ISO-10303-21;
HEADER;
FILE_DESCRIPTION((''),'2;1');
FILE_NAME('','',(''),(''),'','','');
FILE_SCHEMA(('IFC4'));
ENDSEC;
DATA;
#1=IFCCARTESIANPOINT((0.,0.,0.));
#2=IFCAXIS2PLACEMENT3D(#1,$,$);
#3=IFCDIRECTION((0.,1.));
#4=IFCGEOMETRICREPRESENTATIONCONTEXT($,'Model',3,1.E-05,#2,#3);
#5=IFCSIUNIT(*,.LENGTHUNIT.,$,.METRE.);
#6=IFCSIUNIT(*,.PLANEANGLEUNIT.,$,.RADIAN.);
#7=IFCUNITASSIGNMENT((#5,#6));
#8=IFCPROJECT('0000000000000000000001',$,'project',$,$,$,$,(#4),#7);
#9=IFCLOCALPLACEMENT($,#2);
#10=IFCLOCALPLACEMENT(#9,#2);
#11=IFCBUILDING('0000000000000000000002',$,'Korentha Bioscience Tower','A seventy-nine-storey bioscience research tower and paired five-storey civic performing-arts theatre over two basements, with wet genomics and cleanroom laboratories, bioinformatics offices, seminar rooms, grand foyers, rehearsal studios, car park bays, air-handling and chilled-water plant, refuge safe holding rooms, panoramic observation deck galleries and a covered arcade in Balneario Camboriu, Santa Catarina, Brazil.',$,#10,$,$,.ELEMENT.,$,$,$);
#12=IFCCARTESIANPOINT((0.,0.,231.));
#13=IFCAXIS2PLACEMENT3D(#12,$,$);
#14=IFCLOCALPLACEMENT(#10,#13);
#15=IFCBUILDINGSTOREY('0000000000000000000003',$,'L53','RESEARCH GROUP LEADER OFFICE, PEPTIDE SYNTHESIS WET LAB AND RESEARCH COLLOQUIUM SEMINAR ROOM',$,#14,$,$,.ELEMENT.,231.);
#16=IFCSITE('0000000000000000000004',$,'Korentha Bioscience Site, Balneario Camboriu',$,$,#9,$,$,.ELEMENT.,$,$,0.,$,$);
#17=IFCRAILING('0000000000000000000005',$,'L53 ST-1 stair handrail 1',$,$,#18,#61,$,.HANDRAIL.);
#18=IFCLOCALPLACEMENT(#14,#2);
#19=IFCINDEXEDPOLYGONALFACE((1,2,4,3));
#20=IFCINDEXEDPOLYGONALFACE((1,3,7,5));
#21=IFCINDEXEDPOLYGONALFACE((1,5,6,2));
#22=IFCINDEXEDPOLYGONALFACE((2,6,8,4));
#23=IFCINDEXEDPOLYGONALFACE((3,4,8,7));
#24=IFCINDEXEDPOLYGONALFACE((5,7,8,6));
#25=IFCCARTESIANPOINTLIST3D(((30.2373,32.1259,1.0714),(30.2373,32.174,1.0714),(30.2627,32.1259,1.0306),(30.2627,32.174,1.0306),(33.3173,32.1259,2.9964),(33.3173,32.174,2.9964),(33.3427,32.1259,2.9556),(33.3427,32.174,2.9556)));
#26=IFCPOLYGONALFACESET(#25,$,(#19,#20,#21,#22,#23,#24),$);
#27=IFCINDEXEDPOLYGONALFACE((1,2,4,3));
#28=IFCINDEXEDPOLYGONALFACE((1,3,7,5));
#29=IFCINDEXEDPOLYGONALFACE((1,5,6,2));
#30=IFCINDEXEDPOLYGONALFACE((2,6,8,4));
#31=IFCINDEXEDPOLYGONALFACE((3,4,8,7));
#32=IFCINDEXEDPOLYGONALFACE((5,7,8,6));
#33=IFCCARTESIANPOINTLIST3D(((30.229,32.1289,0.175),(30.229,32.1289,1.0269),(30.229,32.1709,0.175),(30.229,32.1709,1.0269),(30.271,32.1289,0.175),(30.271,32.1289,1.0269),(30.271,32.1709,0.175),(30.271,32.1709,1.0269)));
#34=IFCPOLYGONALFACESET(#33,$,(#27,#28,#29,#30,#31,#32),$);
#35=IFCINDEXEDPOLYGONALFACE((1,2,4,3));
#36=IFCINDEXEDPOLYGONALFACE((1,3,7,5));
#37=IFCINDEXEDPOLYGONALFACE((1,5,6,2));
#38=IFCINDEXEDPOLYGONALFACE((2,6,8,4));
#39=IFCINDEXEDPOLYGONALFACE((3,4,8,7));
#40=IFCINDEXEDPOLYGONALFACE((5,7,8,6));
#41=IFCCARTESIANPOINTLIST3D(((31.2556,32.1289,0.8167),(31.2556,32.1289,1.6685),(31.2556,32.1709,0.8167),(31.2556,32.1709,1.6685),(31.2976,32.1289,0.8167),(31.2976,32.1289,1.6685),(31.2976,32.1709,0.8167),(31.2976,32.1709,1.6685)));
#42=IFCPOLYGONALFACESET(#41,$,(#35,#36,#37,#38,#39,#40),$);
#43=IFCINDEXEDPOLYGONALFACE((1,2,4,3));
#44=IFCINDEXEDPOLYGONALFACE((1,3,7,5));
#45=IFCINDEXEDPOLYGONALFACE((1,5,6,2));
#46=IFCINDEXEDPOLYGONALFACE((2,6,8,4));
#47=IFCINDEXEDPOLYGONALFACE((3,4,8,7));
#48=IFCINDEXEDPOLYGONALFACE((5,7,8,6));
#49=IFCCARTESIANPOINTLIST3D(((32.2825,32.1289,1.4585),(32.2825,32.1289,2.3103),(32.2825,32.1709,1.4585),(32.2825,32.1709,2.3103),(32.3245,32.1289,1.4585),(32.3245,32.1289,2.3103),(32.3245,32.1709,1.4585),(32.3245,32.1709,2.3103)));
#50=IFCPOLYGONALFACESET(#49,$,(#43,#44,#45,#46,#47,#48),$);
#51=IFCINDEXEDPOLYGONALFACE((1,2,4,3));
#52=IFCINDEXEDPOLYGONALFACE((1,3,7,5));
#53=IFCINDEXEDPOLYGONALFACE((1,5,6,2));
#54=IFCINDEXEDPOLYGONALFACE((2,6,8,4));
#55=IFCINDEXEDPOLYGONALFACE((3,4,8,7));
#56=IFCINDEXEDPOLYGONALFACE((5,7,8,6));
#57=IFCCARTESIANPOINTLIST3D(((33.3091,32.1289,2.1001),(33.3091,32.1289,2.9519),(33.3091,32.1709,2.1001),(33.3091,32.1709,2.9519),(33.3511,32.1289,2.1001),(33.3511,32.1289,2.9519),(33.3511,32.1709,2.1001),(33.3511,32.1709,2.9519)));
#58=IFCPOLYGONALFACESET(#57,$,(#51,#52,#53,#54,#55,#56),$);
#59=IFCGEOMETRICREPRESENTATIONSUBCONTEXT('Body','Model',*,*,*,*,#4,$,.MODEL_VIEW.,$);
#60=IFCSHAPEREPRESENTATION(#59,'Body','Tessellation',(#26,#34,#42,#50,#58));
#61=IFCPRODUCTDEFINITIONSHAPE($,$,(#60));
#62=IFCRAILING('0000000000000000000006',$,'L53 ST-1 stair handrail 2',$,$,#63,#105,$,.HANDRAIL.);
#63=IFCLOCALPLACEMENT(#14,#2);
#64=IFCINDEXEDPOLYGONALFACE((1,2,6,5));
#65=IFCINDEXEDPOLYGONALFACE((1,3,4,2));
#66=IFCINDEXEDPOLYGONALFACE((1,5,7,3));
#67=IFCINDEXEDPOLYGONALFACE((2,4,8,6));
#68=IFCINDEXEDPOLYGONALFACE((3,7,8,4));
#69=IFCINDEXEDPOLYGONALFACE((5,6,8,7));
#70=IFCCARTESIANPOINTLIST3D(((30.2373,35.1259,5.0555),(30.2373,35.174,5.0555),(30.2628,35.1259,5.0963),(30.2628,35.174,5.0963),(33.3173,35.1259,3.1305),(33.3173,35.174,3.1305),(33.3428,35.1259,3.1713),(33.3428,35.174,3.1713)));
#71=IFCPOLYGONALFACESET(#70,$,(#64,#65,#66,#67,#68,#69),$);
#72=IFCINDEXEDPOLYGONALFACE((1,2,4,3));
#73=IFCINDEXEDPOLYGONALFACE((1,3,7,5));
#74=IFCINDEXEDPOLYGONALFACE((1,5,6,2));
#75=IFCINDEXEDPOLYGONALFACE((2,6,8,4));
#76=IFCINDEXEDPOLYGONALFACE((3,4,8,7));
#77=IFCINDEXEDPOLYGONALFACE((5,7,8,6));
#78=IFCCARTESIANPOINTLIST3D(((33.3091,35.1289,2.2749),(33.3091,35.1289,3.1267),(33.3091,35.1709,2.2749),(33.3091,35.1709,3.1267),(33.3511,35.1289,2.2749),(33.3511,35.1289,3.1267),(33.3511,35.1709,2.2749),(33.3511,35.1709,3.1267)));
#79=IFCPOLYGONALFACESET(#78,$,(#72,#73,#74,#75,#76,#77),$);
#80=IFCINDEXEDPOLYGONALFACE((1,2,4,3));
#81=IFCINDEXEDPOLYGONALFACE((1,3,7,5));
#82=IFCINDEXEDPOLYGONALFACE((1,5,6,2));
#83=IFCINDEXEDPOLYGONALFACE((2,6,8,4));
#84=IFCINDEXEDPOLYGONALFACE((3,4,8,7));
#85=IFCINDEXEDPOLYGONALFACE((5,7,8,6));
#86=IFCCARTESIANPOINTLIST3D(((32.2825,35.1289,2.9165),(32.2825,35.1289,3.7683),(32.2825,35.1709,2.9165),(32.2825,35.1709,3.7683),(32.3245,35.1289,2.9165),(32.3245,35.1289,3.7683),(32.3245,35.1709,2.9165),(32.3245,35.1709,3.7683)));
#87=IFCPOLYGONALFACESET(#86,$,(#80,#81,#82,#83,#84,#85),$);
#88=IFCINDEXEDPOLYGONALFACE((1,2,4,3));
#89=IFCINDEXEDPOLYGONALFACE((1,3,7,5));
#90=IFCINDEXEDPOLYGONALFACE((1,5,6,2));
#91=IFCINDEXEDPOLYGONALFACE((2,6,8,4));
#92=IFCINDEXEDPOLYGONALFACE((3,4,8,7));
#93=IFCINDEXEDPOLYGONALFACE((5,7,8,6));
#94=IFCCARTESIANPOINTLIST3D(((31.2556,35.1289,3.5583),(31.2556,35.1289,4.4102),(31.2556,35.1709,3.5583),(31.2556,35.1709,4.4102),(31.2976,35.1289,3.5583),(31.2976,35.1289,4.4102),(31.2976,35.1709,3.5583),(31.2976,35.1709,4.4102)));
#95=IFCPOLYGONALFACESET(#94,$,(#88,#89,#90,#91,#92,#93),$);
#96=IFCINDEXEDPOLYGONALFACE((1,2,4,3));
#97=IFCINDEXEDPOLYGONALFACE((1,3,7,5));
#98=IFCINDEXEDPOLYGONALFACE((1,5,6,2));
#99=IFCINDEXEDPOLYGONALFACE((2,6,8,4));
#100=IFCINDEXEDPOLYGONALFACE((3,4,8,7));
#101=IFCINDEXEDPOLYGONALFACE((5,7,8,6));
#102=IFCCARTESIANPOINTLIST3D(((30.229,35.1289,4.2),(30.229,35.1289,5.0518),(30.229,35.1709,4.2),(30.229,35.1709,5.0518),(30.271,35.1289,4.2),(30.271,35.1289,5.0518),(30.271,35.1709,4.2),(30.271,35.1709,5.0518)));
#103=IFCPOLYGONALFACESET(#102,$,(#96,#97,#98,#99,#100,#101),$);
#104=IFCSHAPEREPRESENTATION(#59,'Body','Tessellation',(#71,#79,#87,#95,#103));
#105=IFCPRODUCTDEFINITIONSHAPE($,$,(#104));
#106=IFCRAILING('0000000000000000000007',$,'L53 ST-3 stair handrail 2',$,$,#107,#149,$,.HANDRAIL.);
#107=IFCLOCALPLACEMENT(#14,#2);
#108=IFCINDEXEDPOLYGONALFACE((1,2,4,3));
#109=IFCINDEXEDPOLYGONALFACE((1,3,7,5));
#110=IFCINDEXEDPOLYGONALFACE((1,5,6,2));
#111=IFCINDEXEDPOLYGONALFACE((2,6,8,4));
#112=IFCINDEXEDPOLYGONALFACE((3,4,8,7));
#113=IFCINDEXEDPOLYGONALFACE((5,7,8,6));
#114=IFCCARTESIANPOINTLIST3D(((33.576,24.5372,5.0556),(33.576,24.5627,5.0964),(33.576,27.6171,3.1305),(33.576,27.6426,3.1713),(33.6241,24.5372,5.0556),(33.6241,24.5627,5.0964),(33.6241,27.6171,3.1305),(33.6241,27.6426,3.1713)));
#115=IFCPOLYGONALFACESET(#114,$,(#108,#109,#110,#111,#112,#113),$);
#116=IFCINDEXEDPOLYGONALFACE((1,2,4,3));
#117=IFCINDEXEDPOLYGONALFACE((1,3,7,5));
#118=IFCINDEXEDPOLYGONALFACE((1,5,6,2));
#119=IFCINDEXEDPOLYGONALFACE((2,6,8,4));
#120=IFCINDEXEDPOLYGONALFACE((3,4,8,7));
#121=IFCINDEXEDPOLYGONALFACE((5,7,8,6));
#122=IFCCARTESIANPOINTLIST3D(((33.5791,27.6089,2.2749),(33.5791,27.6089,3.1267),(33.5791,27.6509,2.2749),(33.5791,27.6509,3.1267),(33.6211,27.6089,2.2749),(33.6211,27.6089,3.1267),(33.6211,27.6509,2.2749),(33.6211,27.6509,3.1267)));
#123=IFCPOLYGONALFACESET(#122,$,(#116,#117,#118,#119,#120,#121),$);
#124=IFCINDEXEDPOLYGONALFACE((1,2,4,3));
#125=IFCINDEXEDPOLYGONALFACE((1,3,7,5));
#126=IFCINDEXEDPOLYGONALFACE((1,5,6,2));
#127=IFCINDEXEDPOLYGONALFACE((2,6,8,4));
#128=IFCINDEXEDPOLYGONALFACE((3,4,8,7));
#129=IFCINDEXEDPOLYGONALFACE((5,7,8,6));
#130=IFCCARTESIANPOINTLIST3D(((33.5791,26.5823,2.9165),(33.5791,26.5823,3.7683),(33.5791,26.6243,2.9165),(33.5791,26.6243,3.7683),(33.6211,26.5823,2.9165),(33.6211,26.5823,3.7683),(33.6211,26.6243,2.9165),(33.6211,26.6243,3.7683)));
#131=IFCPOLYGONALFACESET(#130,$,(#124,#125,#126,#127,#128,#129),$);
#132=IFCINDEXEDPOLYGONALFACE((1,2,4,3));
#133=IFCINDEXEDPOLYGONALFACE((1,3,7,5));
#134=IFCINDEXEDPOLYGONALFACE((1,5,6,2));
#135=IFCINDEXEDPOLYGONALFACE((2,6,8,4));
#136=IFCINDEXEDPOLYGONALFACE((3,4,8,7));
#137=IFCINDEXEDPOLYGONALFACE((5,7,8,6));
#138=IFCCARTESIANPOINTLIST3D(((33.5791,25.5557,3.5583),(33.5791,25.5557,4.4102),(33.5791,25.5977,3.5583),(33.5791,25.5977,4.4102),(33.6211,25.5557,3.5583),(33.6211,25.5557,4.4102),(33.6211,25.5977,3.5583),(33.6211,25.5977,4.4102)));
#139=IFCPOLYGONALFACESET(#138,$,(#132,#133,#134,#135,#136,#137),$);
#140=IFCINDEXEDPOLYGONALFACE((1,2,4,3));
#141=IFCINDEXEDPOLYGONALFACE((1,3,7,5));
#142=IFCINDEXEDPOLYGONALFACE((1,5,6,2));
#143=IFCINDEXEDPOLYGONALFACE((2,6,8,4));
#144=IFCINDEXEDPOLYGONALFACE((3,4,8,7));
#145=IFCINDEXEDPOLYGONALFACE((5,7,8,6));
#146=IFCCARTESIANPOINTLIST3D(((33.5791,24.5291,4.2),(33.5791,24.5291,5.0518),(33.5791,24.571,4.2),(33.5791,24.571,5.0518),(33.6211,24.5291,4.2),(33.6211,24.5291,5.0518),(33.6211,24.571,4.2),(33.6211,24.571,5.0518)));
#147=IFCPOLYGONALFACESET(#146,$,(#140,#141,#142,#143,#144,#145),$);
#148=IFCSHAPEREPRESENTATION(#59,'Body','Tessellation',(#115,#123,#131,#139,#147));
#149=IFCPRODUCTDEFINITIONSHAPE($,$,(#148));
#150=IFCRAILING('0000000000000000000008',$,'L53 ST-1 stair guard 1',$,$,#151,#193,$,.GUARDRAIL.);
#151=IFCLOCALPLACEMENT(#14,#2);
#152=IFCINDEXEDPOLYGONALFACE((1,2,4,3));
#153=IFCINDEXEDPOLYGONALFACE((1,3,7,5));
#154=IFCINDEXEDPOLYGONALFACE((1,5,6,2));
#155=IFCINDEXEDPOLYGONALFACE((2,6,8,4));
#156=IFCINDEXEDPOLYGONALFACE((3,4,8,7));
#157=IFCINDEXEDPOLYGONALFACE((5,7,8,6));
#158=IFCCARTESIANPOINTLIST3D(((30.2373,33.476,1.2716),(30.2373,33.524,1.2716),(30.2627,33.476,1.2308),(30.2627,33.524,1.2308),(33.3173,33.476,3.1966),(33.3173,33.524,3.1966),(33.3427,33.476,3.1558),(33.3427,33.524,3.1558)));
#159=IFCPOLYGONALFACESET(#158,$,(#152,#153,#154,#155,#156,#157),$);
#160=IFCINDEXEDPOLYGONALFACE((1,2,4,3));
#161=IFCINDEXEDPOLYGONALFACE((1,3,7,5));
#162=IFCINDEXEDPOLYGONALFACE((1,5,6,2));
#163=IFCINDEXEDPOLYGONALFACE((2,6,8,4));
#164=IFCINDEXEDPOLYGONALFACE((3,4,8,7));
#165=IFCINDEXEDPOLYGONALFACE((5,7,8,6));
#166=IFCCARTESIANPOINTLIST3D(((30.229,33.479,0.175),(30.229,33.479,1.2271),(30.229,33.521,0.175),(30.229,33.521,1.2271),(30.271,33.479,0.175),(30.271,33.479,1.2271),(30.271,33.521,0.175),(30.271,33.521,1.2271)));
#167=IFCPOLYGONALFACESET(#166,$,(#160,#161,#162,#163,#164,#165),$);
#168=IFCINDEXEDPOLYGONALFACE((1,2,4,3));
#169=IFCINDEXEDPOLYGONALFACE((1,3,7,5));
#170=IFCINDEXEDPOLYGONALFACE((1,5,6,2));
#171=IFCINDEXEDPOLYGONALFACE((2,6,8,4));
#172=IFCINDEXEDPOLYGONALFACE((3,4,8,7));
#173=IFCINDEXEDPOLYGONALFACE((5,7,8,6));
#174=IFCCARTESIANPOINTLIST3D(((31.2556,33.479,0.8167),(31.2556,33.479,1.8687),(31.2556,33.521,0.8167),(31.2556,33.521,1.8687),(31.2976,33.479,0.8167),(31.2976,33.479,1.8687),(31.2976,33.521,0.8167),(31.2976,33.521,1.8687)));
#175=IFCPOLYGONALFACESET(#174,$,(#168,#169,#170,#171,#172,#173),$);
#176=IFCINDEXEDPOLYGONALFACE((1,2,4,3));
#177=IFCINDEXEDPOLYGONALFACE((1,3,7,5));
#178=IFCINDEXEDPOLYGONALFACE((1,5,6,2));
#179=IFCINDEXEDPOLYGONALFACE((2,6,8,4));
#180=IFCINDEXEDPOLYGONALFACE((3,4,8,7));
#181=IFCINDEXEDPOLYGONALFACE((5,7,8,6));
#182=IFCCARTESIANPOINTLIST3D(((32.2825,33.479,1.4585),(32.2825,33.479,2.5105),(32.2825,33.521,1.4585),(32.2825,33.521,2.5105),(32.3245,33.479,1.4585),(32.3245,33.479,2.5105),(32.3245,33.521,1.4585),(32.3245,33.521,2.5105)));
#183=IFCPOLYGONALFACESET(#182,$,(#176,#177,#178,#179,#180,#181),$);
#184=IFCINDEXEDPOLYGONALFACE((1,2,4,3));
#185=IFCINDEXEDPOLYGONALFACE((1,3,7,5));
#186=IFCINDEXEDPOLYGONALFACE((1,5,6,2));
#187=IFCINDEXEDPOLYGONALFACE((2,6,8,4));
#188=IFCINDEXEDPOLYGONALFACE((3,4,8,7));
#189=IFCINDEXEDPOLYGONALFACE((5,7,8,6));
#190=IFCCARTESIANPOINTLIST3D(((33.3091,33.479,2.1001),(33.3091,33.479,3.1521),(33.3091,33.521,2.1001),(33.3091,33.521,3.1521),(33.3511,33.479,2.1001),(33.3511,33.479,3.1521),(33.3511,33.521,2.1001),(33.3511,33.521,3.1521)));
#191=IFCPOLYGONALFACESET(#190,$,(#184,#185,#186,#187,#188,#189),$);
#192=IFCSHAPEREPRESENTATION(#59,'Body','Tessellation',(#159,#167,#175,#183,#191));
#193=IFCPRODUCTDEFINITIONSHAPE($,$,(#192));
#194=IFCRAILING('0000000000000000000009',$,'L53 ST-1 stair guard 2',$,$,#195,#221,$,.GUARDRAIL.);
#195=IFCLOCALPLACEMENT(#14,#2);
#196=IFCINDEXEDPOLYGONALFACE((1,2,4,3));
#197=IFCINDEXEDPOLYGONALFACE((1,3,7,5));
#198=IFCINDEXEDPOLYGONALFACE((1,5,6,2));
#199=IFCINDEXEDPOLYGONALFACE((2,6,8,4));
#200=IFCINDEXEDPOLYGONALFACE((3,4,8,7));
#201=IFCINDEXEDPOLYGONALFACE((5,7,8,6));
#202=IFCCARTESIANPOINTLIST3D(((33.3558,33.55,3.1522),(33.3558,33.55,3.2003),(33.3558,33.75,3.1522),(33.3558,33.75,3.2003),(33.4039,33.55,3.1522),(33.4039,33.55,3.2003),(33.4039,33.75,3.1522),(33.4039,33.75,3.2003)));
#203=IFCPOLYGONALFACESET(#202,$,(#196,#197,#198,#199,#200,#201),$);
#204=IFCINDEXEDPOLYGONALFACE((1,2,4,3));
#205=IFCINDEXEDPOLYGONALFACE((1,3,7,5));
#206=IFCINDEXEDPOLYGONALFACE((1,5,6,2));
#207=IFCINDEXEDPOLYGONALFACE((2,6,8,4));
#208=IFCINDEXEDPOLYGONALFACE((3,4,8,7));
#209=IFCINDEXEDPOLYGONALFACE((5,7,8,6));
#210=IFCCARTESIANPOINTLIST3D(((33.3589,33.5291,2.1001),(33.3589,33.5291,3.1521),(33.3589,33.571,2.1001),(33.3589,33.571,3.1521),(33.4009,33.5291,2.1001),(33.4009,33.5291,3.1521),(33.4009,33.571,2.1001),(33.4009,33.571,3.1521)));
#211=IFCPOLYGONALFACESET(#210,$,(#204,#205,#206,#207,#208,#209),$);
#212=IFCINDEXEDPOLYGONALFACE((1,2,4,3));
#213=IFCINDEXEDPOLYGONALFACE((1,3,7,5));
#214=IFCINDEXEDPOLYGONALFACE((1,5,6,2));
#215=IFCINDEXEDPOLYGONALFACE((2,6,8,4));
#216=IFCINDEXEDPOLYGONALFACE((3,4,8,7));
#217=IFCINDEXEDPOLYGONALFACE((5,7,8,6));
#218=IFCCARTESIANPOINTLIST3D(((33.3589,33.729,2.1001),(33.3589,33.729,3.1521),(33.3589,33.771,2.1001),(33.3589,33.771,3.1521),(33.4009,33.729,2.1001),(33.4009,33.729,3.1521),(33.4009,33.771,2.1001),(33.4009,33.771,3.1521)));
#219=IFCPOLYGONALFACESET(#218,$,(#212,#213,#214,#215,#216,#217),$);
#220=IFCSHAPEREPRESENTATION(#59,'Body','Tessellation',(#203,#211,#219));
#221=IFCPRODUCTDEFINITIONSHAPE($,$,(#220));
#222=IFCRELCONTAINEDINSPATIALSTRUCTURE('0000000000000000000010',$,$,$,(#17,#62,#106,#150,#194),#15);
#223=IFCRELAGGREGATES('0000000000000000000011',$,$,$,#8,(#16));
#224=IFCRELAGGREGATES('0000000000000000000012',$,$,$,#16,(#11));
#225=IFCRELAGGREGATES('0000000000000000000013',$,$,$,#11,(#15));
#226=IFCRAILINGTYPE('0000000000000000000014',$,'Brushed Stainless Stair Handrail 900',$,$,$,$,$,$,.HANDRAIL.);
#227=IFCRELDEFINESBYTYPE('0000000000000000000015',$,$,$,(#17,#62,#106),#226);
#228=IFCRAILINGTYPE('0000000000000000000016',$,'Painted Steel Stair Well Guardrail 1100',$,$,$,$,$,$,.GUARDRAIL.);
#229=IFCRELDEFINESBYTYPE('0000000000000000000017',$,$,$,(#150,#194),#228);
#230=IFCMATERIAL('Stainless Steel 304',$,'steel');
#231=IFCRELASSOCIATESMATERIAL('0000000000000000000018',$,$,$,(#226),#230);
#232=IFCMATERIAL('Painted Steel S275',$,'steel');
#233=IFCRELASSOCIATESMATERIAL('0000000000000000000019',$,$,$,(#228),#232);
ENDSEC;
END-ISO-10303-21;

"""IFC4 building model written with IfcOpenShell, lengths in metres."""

from ifc_helpers import new_model, si_unit, direction, frame, origin, origin_2d, place, context, subcontext, project, spatial, rectangle, extrude, material, type_object, element, save


model = new_model("IFC4")

# Units and contexts
model_context = context("Model", 3, precision=1e-05, world=origin(), true_north=direction((0.0, 1.0)))
body_context = subcontext(model_context, "Body", "Model", "MODEL_VIEW")
ifc_project = project(units=[si_unit("LENGTHUNIT", "METRE"), si_unit("PLANEANGLEUNIT", "RADIAN")], contexts=[model_context])

# Site, building, storey
site_placement = place(None, origin())
site = spatial("IfcSite", under=ifc_project, at=site_placement, Name="Korentha Bioscience Site, Balneario Camboriu", CompositionType="ELEMENT", RefElevation=0.0)
building_placement = place(site_placement, origin())
building = spatial("IfcBuilding", under=site, at=building_placement, Name="Korentha Bioscience Tower", Description="A seventy-nine-storey bioscience research tower and paired five-storey civic performing-arts theatre over two basements, with wet genomics and cleanroom laboratories, bioinformatics offices, seminar rooms, grand foyers, rehearsal studios, car park bays, air-handling and chilled-water plant, refuge safe holding rooms, panoramic observation deck galleries and a covered arcade in Balneario Camboriu, Santa Catarina, Brazil.", CompositionType="ELEMENT")
storey_placement = place(building_placement, frame((0.0, 0.0, 231.0)))
storey = spatial("IfcBuildingStorey", under=building, at=storey_placement, Name="L53", Description="RESEARCH GROUP LEADER OFFICE, PEPTIDE SYNTHESIS WET LAB AND RESEARCH COLLOQUIUM SEMINAR ROOM", CompositionType="ELEMENT", Elevation=231.0)

# Railings
ifc_material_1 = material(Name="Stainless Steel 304", Category="steel")
railing_type_1 = type_object("IfcRailingType", Name="Brushed Stainless Stair Handrail 900", PredefinedType="HANDRAIL", material=ifc_material_1)
railing_1_placement = place(storey_placement, frame((30.25, 32.1499, 0.175)))
element("IfcRailing", 1, at=railing_1_placement, inside=storey, type_object=railing_type_1, Name="L53 ST-1 stair handrail 1", PredefinedType="HANDRAIL", context=body_context, shape_type="SweptSolid", body=[
    extrude(rectangle(XDim=0.0481, YDim=0.0481, at=origin_2d()), frame((0.0, 0.0, 0.876), z_axis=(0.847998, 0.0, 0.529999), x_axis=(0.0, 1.0, 0.0)), (0.0, 0.0, 1.0), 3.6321),
    extrude(rectangle(XDim=0.042, YDim=0.042, at=origin_2d()), origin(), (0.0, 0.0, 1.0), 0.8518),
    extrude(rectangle(XDim=0.042, YDim=0.042, at=origin_2d()), frame((1.0266, 0.0, 0.6416)), (0.0, 0.0, 1.0), 0.8518),
    extrude(rectangle(XDim=0.042, YDim=0.042, at=origin_2d()), frame((2.0535, 0.0, 1.2834)), (0.0, 0.0, 1.0), 0.8518),
    extrude(rectangle(XDim=0.042, YDim=0.042, at=origin_2d()), frame((3.0801, 0.0, 1.925)), (0.0, 0.0, 1.0), 0.8518),
])
railing_2_placement = place(storey_placement, frame((33.3301, 35.1499, 2.2749)))
element("IfcRailing", 2, at=railing_2_placement, inside=storey, type_object=railing_type_1, Name="L53 ST-1 stair handrail 2", PredefinedType="HANDRAIL", context=body_context, shape_type="SweptSolid", body=[
    extrude(rectangle(XDim=0.0481, YDim=0.0481, at=origin_2d()), frame((0.0, 0.0, 0.876), z_axis=(-0.847998, 0.0, 0.529999), x_axis=(0.0, -1.0, 0.0)), (0.0, 0.0, 1.0), 3.6321),
    extrude(rectangle(XDim=0.042, YDim=0.042, at=origin_2d()), origin(), (0.0, 0.0, 1.0), 0.8518),
    extrude(rectangle(XDim=0.042, YDim=0.042, at=origin_2d()), frame((-1.0266, 0.0, 0.6416)), (0.0, 0.0, 1.0), 0.8518),
    extrude(rectangle(XDim=0.042, YDim=0.042, at=origin_2d()), frame((-2.0535, 0.0, 1.2834)), (0.0, 0.0, 1.0), 0.8518),
    extrude(rectangle(XDim=0.042, YDim=0.042, at=origin_2d()), frame((-3.0801, 0.0, 1.925)), (0.0, 0.0, 1.0), 0.8518),
])
railing_3_placement = place(storey_placement, frame((33.6001, 27.6299, 2.2749)))
element("IfcRailing", 3, at=railing_3_placement, inside=storey, type_object=railing_type_1, Name="L53 ST-3 stair handrail 2", PredefinedType="HANDRAIL", context=body_context, shape_type="SweptSolid", body=[
    extrude(rectangle(XDim=0.0481, YDim=0.0481, at=origin_2d()), frame((0.0, 0.0, 0.876), z_axis=(0.0, -0.847979, 0.530029), x_axis=(1.0, 0.0, 0.0)), (0.0, 0.0, 1.0), 3.6321),
    extrude(rectangle(XDim=0.042, YDim=0.042, at=origin_2d()), origin(), (0.0, 0.0, 1.0), 0.8518),
    extrude(rectangle(XDim=0.042, YDim=0.042, at=origin_2d()), frame((0.0, -1.0266, 0.6416)), (0.0, 0.0, 1.0), 0.8518),
    extrude(rectangle(XDim=0.042, YDim=0.042, at=origin_2d()), frame((0.0, -2.0532, 1.2834)), (0.0, 0.0, 1.0), 0.8518),
    extrude(rectangle(XDim=0.042, YDim=0.042, at=origin_2d()), frame((0.0, -3.0798, 1.925)), (0.0, 0.0, 1.0), 0.8518),
])
ifc_material_2 = material(Name="Painted Steel S275", Category="steel")
railing_type_2 = type_object("IfcRailingType", Name="Painted Steel Stair Well Guardrail 1100", PredefinedType="GUARDRAIL", material=ifc_material_2)
railing_4_placement = place(storey_placement, frame((30.25, 33.5, 0.175)))
element("IfcRailing", 4, at=railing_4_placement, inside=storey, type_object=railing_type_2, Name="L53 ST-1 stair guard 1", PredefinedType="GUARDRAIL", context=body_context, shape_type="SweptSolid", body=[
    extrude(rectangle(XDim=0.0481, YDim=0.0481, at=origin_2d()), frame((0.0, 0.0, 1.0762), z_axis=(0.847998, 0.0, 0.529999), x_axis=(0.0, 1.0, 0.0)), (0.0, 0.0, 1.0), 3.6321),
    extrude(rectangle(XDim=0.042, YDim=0.042, at=origin_2d()), origin(), (0.0, 0.0, 1.0), 1.052),
    extrude(rectangle(XDim=0.042, YDim=0.042, at=origin_2d()), frame((1.0266, 0.0, 0.6416)), (0.0, 0.0, 1.0), 1.052),
    extrude(rectangle(XDim=0.042, YDim=0.042, at=origin_2d()), frame((2.0535, 0.0, 1.2834)), (0.0, 0.0, 1.0), 1.052),
    extrude(rectangle(XDim=0.042, YDim=0.042, at=origin_2d()), frame((3.0801, 0.0, 1.925)), (0.0, 0.0, 1.0), 1.052),
])
railing_5_placement = place(storey_placement, frame((33.3799, 33.55, 2.1001)))
element("IfcRailing", 5, at=railing_5_placement, inside=storey, type_object=railing_type_2, Name="L53 ST-1 stair guard 2", PredefinedType="GUARDRAIL", context=body_context, shape_type="SweptSolid", body=[
    extrude(rectangle(XDim=0.0481, YDim=0.0481, at=origin_2d()), frame((0.0, 0.0, 1.0762), z_axis=(0.0, 1.0, 0.0), x_axis=(-1.0, 0.0, 0.0)), (0.0, 0.0, 1.0), 0.2),
    extrude(rectangle(XDim=0.042, YDim=0.042, at=origin_2d()), origin(), (0.0, 0.0, 1.0), 1.052),
    extrude(rectangle(XDim=0.042, YDim=0.042, at=origin_2d()), frame((0.0, 0.2, 0.0)), (0.0, 0.0, 1.0), 1.052),
])

save(model, "model.ifc")
